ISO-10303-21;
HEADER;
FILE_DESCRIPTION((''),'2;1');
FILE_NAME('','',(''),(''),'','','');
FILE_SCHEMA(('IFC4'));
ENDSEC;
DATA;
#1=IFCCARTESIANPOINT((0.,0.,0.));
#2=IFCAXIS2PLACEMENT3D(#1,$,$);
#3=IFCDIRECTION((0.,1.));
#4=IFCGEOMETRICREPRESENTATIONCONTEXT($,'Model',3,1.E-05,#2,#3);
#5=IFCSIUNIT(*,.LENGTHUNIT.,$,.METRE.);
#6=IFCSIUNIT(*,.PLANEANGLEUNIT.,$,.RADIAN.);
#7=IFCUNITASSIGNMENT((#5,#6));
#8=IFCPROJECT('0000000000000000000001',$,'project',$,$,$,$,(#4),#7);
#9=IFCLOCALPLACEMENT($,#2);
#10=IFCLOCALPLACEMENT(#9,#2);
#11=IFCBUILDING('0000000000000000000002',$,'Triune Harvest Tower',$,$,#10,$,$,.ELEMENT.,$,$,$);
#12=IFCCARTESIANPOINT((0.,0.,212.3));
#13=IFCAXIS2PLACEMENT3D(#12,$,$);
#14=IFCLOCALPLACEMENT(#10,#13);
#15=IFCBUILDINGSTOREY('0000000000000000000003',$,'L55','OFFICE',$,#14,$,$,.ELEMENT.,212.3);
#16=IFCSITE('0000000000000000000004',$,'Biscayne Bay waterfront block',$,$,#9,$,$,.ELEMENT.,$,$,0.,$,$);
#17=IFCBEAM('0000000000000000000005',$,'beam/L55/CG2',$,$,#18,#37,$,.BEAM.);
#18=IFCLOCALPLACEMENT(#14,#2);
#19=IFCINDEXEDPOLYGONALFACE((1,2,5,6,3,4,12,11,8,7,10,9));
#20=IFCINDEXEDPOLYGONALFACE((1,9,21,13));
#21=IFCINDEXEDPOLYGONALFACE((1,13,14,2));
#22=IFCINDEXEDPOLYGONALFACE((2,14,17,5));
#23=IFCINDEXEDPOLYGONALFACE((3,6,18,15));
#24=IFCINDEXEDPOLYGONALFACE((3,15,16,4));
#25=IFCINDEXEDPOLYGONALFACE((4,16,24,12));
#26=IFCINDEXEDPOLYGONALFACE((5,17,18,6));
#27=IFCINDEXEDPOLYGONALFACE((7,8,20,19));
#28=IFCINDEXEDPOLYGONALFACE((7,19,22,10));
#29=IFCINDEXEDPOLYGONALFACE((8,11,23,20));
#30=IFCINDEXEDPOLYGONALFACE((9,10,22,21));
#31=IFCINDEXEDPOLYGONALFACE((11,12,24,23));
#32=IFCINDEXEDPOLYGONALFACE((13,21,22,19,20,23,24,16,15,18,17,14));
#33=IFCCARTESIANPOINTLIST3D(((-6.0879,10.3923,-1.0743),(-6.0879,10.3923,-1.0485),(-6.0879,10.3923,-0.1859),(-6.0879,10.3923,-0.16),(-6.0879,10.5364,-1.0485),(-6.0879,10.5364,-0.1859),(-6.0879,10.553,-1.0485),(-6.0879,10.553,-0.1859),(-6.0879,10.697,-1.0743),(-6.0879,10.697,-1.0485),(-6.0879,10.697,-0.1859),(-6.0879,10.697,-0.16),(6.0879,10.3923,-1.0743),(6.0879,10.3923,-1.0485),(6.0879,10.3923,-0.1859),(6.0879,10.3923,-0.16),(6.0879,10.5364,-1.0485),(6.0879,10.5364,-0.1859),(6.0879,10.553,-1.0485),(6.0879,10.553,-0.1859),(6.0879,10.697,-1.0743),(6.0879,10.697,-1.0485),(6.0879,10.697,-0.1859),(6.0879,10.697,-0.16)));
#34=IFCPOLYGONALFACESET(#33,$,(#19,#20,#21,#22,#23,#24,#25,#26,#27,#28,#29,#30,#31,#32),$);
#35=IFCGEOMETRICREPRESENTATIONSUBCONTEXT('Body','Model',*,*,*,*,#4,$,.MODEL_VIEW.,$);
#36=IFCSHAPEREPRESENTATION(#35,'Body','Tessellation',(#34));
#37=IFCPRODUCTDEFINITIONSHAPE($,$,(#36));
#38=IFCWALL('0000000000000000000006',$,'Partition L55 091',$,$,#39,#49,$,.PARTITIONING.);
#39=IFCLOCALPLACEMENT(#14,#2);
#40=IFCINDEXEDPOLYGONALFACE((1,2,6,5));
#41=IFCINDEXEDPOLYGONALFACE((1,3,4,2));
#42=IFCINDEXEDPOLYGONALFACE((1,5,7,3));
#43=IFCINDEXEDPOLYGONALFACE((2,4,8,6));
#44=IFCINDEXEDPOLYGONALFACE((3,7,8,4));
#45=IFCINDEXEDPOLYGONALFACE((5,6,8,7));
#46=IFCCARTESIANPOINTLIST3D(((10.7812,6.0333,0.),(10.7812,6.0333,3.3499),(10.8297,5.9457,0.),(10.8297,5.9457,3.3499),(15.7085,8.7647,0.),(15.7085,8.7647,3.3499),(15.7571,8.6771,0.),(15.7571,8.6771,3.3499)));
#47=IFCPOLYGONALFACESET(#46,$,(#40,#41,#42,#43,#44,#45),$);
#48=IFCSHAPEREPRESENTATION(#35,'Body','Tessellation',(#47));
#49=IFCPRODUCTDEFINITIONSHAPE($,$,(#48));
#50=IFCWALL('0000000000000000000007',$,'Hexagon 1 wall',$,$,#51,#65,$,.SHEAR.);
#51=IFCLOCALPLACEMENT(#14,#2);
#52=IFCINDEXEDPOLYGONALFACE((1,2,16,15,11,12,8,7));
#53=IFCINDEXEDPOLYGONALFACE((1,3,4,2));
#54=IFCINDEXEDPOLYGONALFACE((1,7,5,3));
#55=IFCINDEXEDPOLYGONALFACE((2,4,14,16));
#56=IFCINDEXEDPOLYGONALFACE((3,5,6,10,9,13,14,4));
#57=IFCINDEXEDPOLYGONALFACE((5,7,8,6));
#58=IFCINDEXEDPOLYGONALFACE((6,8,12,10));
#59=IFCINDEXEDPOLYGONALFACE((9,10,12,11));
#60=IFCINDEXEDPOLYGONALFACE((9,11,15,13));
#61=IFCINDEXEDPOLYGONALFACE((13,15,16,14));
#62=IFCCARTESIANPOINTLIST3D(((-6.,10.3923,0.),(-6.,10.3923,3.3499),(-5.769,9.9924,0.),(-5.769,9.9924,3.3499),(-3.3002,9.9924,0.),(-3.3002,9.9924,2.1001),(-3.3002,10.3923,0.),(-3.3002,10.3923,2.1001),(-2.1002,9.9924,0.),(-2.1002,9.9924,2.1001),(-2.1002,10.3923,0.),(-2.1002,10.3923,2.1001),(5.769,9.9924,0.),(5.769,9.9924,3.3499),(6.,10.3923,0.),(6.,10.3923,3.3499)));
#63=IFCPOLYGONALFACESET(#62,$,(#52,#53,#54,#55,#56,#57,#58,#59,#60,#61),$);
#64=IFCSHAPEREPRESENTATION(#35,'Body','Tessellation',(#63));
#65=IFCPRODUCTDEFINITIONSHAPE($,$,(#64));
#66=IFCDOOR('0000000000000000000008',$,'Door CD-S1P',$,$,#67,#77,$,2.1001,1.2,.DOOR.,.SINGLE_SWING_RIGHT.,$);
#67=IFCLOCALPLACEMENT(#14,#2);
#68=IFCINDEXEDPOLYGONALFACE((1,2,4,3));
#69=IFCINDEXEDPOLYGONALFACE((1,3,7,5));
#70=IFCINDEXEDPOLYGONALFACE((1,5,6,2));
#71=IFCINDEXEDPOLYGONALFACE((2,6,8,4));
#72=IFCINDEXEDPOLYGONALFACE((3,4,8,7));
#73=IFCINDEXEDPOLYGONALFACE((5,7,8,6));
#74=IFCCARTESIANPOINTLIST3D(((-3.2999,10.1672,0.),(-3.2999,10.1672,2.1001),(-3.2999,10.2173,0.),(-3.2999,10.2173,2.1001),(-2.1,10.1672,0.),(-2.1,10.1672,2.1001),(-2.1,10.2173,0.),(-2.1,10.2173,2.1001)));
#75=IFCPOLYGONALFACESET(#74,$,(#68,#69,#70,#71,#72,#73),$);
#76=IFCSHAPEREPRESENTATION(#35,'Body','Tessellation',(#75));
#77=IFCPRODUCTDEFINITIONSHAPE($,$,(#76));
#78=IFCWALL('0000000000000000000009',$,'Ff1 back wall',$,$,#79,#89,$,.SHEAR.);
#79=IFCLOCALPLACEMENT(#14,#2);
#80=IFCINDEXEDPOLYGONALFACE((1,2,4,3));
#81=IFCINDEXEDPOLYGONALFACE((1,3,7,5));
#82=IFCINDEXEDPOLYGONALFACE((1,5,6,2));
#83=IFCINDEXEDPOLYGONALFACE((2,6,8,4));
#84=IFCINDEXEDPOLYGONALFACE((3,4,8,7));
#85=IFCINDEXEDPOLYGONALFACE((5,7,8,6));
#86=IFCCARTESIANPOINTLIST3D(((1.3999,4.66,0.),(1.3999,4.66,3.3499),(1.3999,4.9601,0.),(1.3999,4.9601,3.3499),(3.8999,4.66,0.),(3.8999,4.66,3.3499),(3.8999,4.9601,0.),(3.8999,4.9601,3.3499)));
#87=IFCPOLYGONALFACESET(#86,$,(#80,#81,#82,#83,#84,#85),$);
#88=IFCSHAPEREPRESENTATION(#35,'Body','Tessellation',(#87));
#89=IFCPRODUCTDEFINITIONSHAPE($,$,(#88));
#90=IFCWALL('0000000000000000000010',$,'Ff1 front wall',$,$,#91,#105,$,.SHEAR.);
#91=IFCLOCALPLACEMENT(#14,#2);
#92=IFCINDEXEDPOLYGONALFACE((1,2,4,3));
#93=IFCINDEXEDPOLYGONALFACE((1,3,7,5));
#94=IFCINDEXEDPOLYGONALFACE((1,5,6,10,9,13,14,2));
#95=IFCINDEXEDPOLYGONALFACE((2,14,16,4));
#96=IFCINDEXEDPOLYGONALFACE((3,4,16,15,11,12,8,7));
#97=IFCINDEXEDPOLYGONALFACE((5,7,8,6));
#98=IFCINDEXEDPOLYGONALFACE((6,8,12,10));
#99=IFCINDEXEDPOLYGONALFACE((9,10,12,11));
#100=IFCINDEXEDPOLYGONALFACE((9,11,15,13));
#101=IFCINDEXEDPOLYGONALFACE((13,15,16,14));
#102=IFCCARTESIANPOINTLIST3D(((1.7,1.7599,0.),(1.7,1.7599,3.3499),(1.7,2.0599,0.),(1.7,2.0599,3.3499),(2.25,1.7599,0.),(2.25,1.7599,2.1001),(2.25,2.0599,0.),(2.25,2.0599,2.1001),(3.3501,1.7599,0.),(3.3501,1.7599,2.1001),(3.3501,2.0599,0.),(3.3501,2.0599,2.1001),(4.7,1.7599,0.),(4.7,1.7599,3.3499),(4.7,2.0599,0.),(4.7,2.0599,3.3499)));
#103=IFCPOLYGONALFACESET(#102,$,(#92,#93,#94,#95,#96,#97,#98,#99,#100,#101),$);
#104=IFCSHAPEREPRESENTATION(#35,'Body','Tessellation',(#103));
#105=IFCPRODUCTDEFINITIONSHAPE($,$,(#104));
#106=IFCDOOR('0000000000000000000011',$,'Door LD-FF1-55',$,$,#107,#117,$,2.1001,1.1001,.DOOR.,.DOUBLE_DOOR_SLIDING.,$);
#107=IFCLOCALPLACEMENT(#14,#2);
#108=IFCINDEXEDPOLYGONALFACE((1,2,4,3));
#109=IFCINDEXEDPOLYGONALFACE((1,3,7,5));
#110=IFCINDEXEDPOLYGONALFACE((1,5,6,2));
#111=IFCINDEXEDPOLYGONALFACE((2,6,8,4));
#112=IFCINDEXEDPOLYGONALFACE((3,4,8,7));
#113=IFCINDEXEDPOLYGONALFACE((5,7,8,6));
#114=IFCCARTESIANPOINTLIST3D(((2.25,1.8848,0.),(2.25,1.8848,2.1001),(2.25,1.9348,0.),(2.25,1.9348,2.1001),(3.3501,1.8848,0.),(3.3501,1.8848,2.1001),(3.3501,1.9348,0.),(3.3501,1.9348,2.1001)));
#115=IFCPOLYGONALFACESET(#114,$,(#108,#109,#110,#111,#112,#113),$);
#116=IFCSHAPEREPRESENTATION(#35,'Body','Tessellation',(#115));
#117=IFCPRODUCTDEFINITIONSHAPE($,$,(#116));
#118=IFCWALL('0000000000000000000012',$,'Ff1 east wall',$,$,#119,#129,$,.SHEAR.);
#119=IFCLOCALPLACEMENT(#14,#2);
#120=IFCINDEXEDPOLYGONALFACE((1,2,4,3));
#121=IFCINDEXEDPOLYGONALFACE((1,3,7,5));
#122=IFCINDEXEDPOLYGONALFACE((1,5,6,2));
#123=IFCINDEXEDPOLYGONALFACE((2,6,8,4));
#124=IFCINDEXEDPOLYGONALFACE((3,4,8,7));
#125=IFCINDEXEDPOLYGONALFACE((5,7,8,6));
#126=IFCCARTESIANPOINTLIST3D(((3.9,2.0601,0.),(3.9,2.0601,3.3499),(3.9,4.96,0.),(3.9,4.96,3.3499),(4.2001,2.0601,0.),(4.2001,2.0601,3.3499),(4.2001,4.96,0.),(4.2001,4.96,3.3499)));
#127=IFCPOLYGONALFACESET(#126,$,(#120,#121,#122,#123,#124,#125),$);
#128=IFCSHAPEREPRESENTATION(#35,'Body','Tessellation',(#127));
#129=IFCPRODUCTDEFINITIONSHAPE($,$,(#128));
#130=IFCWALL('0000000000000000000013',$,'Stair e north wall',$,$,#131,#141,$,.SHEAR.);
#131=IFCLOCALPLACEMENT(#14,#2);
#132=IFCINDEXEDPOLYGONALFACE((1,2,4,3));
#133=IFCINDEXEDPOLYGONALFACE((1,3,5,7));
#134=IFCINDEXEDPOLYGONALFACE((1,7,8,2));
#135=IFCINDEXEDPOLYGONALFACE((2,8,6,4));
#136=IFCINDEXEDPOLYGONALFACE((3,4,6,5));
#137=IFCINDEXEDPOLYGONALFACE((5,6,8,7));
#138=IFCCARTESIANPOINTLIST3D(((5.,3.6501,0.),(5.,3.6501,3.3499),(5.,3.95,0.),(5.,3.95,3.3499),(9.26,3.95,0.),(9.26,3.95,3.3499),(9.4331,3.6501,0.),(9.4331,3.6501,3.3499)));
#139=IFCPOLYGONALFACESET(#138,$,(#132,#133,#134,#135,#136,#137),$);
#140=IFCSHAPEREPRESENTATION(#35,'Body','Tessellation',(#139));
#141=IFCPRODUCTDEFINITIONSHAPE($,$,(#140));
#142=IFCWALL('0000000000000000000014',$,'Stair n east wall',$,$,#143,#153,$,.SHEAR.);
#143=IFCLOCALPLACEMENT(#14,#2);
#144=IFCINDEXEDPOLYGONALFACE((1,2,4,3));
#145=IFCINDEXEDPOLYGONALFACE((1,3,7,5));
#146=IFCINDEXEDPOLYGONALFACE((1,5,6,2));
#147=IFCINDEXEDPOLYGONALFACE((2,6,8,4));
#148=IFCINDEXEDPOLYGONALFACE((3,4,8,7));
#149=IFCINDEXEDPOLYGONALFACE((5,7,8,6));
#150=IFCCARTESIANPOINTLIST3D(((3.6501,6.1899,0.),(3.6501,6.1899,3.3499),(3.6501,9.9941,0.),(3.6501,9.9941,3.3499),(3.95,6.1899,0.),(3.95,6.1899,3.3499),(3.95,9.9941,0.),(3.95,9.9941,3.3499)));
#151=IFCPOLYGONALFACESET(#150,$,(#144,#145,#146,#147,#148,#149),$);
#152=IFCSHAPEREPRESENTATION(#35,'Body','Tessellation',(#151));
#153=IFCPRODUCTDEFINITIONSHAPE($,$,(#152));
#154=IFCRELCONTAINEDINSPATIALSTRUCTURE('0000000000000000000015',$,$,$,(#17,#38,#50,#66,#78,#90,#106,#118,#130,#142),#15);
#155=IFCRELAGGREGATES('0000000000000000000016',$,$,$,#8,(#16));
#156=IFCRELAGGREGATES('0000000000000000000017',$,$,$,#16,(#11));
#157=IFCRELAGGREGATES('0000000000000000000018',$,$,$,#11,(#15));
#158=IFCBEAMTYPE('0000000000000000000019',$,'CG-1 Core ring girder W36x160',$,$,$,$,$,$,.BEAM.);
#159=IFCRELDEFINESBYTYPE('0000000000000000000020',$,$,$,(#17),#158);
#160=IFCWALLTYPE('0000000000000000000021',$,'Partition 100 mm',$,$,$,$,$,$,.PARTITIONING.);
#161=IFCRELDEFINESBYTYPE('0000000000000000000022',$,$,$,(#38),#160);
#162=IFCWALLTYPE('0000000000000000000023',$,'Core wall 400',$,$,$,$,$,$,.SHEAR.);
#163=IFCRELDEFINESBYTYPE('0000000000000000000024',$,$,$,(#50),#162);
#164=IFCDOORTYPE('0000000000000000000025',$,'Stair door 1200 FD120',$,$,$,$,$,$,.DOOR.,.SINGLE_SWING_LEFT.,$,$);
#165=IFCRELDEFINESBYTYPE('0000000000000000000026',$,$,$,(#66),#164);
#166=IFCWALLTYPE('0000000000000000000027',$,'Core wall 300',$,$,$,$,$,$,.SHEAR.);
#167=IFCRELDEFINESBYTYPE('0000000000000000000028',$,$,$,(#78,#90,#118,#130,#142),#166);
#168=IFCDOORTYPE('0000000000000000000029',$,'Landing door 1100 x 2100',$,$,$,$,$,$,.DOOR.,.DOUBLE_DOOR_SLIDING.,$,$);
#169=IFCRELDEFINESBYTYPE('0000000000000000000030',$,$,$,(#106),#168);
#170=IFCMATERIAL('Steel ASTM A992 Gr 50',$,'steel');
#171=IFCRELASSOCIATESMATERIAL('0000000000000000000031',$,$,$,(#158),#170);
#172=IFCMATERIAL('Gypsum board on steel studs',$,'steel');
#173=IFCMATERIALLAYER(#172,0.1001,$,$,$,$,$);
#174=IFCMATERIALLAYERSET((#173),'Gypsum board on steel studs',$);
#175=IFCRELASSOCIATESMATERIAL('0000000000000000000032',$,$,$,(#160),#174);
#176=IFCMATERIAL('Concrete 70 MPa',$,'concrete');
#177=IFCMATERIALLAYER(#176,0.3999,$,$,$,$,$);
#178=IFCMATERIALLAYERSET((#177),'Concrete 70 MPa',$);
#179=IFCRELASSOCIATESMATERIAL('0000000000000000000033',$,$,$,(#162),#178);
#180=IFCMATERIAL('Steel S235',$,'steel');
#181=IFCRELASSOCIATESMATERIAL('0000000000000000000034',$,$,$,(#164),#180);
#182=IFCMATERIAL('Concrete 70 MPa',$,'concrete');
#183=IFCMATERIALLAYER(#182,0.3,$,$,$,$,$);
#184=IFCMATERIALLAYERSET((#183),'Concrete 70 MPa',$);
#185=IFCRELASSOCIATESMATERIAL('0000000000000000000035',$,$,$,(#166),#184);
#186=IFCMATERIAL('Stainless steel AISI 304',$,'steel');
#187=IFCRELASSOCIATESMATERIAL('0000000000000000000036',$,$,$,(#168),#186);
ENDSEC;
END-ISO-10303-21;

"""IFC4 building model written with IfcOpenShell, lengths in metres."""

from ifc_helpers import new_model, si_unit, direction, frame, frame_2d, origin, origin_2d, place, context, subcontext, project, spatial, polyline, rectangle, i_section, outline, extrude, source, transform, mapped, material, layer, layer_set, material_profile, profile_set, type_object, element, fill, save


model = new_model("IFC4")

# Units and contexts
model_context = context("Model", 3, precision=1e-05, world=origin(), true_north=direction((0.0, 1.0)))
body_context = subcontext(model_context, "Body", "Model", "MODEL_VIEW")
ifc_project = project(units=[si_unit("LENGTHUNIT", "METRE"), si_unit("PLANEANGLEUNIT", "RADIAN")], contexts=[model_context])

# Site, building, storey
site_placement = place(None, origin())
site = spatial("IfcSite", under=ifc_project, at=site_placement, Name="Biscayne Bay waterfront block", CompositionType="ELEMENT", RefElevation=0.0)
building_placement = place(site_placement, origin())
building = spatial("IfcBuilding", under=site, at=building_placement, Name="Triune Harvest Tower", CompositionType="ELEMENT")
storey_placement = place(building_placement, frame((0.0, 0.0, 212.3)))
storey = spatial("IfcBuildingStorey", under=building, at=storey_placement, Name="L55", Description="OFFICE", CompositionType="ELEMENT", Elevation=212.3)

# Beam
ifc_material_1 = material(Name="Steel ASTM A992 Gr 50", Category="steel")
ifc_material_profile = material_profile(ifc_material_1, i_section(OverallWidth=0.3047, OverallDepth=0.9143, WebThickness=0.0166, FlangeThickness=0.0259, at=origin_2d()), Name="W36x160")
ifc_profile_set = profile_set([ifc_material_profile], Name="Steel ASTM A992 Gr 50")
beam_type = type_object("IfcBeamType", Name="CG-1 Core ring girder W36x160", PredefinedType="BEAM", material=ifc_profile_set)
shared_shape_1 = source(origin(), body_context, "Body", "SweptSolid", [
    extrude(i_section(OverallWidth=0.3047, OverallDepth=0.9143, WebThickness=0.0166, FlangeThickness=0.0259, at=origin_2d()), origin(), (0.0, 0.0, 1.0), 12.1758),
])
beam_placement = place(storey_placement, frame((6.0879, 10.5447, -0.6172), z_axis=(-1.0, 0.0, 0.0), x_axis=(0.0, -1.0, 0.0)))
element("IfcBeam", 1, at=beam_placement, inside=storey, type_object=beam_type, Name="beam/L55/CG2", PredefinedType="BEAM", context=body_context, shape_type="MappedRepresentation", body=[
    mapped(shared_shape_1, transform((0.0, 0.0, 0.0), scale=1.0)),
])

# Wall
ifc_material_2 = material(Name="Gypsum board on steel studs", Category="steel")
ifc_layer_1 = layer(ifc_material_2, 0.1001)
ifc_layer_set_1 = layer_set([ifc_layer_1], Name="Gypsum board on steel studs")
wall_type_1 = type_object("IfcWallType", Name="Partition 100 mm", PredefinedType="PARTITIONING", material=ifc_layer_set_1)
wall_1_placement = place(storey_placement, frame((10.8054, 5.9895, 0.0), z_axis=(0.0, 0.0, 1.0), x_axis=(0.874613, 0.484822, 0.0)))
element("IfcWall", 2, at=wall_1_placement, inside=storey, type_object=wall_type_1, Name="Partition L55 091", PredefinedType="PARTITIONING", context=body_context, shape_type="SweptSolid", body=[
    extrude(rectangle(XDim=5.6338, YDim=0.1001, at=frame_2d((2.8169, 0.0))), origin(), (0.0, 0.0, 1.0), 3.3499),
])

# Wall, opening, door
ifc_material_3 = material(Name="Concrete 70 MPa", Category="concrete")
ifc_layer_2 = layer(ifc_material_3, 0.3999)
ifc_layer_set_2 = layer_set([ifc_layer_2], Name="Concrete 70 MPa")
wall_type_2 = type_object("IfcWallType", Name="Core wall 400", PredefinedType="SHEAR", material=ifc_layer_set_2)
shared_shape_2 = source(origin(), body_context, "Body", "SweptSolid", [
    extrude(outline(polyline([(-0.1155, -0.2), (11.8845, -0.2), (11.6536, 0.2), (0.1155, 0.2), (-0.1155, -0.2)])), origin(), (0.0, 0.0, 1.0), 3.3499),
])
wall_2_placement = place(storey_placement, frame((5.8845, 10.1924, 0.0), z_axis=(0.0, 0.0, 1.0), x_axis=(-1.0, 0.0, 0.0)))
wall_2 = element("IfcWall", 3, at=wall_2_placement, inside=storey, type_object=wall_type_2, Name="Hexagon 1 wall", PredefinedType="SHEAR", context=body_context, shape_type="MappedRepresentation", body=[
    mapped(shared_shape_2, transform((0.0, 0.0, 0.0), scale=1.0)),
])
opening_1_placement = place(wall_2_placement, frame((7.9846, 0.0, 0.0)))
opening_1 = element("IfcOpeningElement", 4, at=opening_1_placement, cuts=wall_2, PredefinedType="OPENING", context=body_context, shape_type="SweptSolid", body=[
    extrude(rectangle(XDim=1.2, YDim=2.1001, at=frame_2d((0.6001, 1.05))), frame((0.0, 0.21, 0.0), z_axis=(0.0, -1.0, 0.0), x_axis=(1.0, 0.0, 0.0)), (0.0, 0.0, 1.0), 0.4199),
])
ifc_material_4 = material(Name="Steel S235", Category="steel")
door_type_1 = type_object("IfcDoorType", Name="Stair door 1200 FD120", OperationType="SINGLE_SWING_LEFT", PredefinedType="DOOR", material=ifc_material_4)
door_1_placement = place(opening_1_placement, frame((1.2, 0.0, 0.0), z_axis=(0.0, 0.0, 1.0), x_axis=(-1.0, 0.0, 0.0)))
door_1 = element("IfcDoor", 5, at=door_1_placement, inside=storey, type_object=door_type_1, Name="Door CD-S1P", OperationType="SINGLE_SWING_RIGHT", OverallHeight=2.1001, OverallWidth=1.2, PredefinedType="DOOR", context=body_context, shape_type="SweptSolid", body=[
    extrude(rectangle(XDim=1.2, YDim=2.1001, at=frame_2d((0.6001, 1.05))), frame((0.0, 0.0249, 0.0), z_axis=(0.0, -1.0, 0.0), x_axis=(1.0, 0.0, 0.0)), (0.0, 0.0, 1.0), 0.05),
])
fill(opening_1, door_1)

# Wall
ifc_material_5 = material(Name="Concrete 70 MPa", Category="concrete")
ifc_layer_3 = layer(ifc_material_5, 0.3)
ifc_layer_set_3 = layer_set([ifc_layer_3], Name="Concrete 70 MPa")
wall_type_3 = type_object("IfcWallType", Name="Core wall 300", PredefinedType="SHEAR", material=ifc_layer_set_3)
shared_shape_3 = source(origin(), body_context, "Body", "SweptSolid", [
    extrude(rectangle(XDim=2.5, YDim=0.3, at=frame_2d((1.25, 0.0))), origin(), (0.0, 0.0, 1.0), 3.3499),
])
wall_3_placement = place(storey_placement, frame((1.3999, 4.8101, 0.0), z_axis=(0.0, 0.0, 1.0), x_axis=(1.0, 0.0, 0.0)))
element("IfcWall", 6, at=wall_3_placement, inside=storey, type_object=wall_type_3, Name="Ff1 back wall", PredefinedType="SHEAR", context=body_context, shape_type="MappedRepresentation", body=[
    mapped(shared_shape_3, transform((0.0, 0.0, 0.0), scale=1.0)),
])

# Wall, opening, door
shared_shape_4 = source(origin(), body_context, "Body", "SweptSolid", [
    extrude(rectangle(XDim=3.0, YDim=0.3, at=frame_2d((1.5, 0.0))), origin(), (0.0, 0.0, 1.0), 3.3499),
])
wall_4_placement = place(storey_placement, frame((1.7, 1.9099, 0.0), z_axis=(0.0, 0.0, 1.0), x_axis=(1.0, 0.0, 0.0)))
wall_4 = element("IfcWall", 7, at=wall_4_placement, inside=storey, type_object=wall_type_3, Name="Ff1 front wall", PredefinedType="SHEAR", context=body_context, shape_type="MappedRepresentation", body=[
    mapped(shared_shape_4, transform((0.0, 0.0, 0.0), scale=1.0)),
])
opening_2_placement = place(wall_4_placement, frame((0.55, 0.0, 0.0)))
opening_2 = element("IfcOpeningElement", 8, at=opening_2_placement, cuts=wall_4, PredefinedType="OPENING", context=body_context, shape_type="SweptSolid", body=[
    extrude(rectangle(XDim=1.1001, YDim=2.1001, at=frame_2d((0.55, 1.05))), frame((0.0, 0.1602, 0.0), z_axis=(0.0, -1.0, 0.0), x_axis=(1.0, 0.0, 0.0)), (0.0, 0.0, 1.0), 0.3201),
])
ifc_material_6 = material(Name="Stainless steel AISI 304", Category="steel")
door_type_2 = type_object("IfcDoorType", Name="Landing door 1100 x 2100", OperationType="DOUBLE_DOOR_SLIDING", PredefinedType="DOOR", material=ifc_material_6)
door_2_placement = place(opening_2_placement, origin())
door_2 = element("IfcDoor", 9, at=door_2_placement, inside=storey, type_object=door_type_2, Name="Door LD-FF1-55", OperationType="DOUBLE_DOOR_SLIDING", OverallHeight=2.1001, OverallWidth=1.1001, PredefinedType="DOOR", context=body_context, shape_type="SweptSolid", body=[
    extrude(rectangle(XDim=1.1001, YDim=2.1001, at=frame_2d((0.55, 1.05))), frame((0.0, 0.0249, 0.0), z_axis=(0.0, -1.0, 0.0), x_axis=(1.0, 0.0, 0.0)), (0.0, 0.0, 1.0), 0.05),
])
fill(opening_2, door_2)

# Walls
shared_shape_5 = source(origin(), body_context, "Body", "SweptSolid", [
    extrude(rectangle(XDim=2.8999, YDim=0.3, at=frame_2d((1.45, 0.0))), origin(), (0.0, 0.0, 1.0), 3.3499),
])
wall_5_placement = place(storey_placement, frame((4.05, 2.0601, 0.0), z_axis=(0.0, 0.0, 1.0), x_axis=(0.0, 1.0, 0.0)))
element("IfcWall", 10, at=wall_5_placement, inside=storey, type_object=wall_type_3, Name="Ff1 east wall", PredefinedType="SHEAR", context=body_context, shape_type="MappedRepresentation", body=[
    mapped(shared_shape_5, transform((0.0, 0.0, 0.0), scale=1.0)),
])
shared_shape_6 = source(origin(), body_context, "Body", "SweptSolid", [
    extrude(outline(polyline([(0.0, -0.1499), (0.0, 0.1499), (4.26, 0.1499), (4.4331, -0.1499), (0.0, -0.1499)])), origin(), (0.0, 0.0, 1.0), 3.3499),
])
wall_6_placement = place(storey_placement, frame((5.0, 3.8, 0.0), z_axis=(0.0, 0.0, 1.0), x_axis=(1.0, 0.0, 0.0)))
element("IfcWall", 11, at=wall_6_placement, inside=storey, type_object=wall_type_3, Name="Stair e north wall", PredefinedType="SHEAR", context=body_context, shape_type="MappedRepresentation", body=[
    mapped(shared_shape_6, transform((0.0, 0.0, 0.0), scale=1.0)),
])
shared_shape_7 = source(origin(), body_context, "Body", "SweptSolid", [
    extrude(outline(polyline([(0.0, -0.1499), (0.0, 0.1499), (3.8042, 0.1499), (3.8042, -0.1499), (0.0, -0.1499)])), origin(), (0.0, 0.0, 1.0), 3.3499),
])
wall_7_placement = place(storey_placement, frame((3.8, 6.1899, 0.0), z_axis=(0.0, 0.0, 1.0), x_axis=(0.0, 1.0, 0.0)))
element("IfcWall", 12, at=wall_7_placement, inside=storey, type_object=wall_type_3, Name="Stair n east wall", PredefinedType="SHEAR", context=body_context, shape_type="MappedRepresentation", body=[
    mapped(shared_shape_7, transform((0.0, 0.0, 0.0), scale=1.0)),
])

save(model, "model.ifc")
